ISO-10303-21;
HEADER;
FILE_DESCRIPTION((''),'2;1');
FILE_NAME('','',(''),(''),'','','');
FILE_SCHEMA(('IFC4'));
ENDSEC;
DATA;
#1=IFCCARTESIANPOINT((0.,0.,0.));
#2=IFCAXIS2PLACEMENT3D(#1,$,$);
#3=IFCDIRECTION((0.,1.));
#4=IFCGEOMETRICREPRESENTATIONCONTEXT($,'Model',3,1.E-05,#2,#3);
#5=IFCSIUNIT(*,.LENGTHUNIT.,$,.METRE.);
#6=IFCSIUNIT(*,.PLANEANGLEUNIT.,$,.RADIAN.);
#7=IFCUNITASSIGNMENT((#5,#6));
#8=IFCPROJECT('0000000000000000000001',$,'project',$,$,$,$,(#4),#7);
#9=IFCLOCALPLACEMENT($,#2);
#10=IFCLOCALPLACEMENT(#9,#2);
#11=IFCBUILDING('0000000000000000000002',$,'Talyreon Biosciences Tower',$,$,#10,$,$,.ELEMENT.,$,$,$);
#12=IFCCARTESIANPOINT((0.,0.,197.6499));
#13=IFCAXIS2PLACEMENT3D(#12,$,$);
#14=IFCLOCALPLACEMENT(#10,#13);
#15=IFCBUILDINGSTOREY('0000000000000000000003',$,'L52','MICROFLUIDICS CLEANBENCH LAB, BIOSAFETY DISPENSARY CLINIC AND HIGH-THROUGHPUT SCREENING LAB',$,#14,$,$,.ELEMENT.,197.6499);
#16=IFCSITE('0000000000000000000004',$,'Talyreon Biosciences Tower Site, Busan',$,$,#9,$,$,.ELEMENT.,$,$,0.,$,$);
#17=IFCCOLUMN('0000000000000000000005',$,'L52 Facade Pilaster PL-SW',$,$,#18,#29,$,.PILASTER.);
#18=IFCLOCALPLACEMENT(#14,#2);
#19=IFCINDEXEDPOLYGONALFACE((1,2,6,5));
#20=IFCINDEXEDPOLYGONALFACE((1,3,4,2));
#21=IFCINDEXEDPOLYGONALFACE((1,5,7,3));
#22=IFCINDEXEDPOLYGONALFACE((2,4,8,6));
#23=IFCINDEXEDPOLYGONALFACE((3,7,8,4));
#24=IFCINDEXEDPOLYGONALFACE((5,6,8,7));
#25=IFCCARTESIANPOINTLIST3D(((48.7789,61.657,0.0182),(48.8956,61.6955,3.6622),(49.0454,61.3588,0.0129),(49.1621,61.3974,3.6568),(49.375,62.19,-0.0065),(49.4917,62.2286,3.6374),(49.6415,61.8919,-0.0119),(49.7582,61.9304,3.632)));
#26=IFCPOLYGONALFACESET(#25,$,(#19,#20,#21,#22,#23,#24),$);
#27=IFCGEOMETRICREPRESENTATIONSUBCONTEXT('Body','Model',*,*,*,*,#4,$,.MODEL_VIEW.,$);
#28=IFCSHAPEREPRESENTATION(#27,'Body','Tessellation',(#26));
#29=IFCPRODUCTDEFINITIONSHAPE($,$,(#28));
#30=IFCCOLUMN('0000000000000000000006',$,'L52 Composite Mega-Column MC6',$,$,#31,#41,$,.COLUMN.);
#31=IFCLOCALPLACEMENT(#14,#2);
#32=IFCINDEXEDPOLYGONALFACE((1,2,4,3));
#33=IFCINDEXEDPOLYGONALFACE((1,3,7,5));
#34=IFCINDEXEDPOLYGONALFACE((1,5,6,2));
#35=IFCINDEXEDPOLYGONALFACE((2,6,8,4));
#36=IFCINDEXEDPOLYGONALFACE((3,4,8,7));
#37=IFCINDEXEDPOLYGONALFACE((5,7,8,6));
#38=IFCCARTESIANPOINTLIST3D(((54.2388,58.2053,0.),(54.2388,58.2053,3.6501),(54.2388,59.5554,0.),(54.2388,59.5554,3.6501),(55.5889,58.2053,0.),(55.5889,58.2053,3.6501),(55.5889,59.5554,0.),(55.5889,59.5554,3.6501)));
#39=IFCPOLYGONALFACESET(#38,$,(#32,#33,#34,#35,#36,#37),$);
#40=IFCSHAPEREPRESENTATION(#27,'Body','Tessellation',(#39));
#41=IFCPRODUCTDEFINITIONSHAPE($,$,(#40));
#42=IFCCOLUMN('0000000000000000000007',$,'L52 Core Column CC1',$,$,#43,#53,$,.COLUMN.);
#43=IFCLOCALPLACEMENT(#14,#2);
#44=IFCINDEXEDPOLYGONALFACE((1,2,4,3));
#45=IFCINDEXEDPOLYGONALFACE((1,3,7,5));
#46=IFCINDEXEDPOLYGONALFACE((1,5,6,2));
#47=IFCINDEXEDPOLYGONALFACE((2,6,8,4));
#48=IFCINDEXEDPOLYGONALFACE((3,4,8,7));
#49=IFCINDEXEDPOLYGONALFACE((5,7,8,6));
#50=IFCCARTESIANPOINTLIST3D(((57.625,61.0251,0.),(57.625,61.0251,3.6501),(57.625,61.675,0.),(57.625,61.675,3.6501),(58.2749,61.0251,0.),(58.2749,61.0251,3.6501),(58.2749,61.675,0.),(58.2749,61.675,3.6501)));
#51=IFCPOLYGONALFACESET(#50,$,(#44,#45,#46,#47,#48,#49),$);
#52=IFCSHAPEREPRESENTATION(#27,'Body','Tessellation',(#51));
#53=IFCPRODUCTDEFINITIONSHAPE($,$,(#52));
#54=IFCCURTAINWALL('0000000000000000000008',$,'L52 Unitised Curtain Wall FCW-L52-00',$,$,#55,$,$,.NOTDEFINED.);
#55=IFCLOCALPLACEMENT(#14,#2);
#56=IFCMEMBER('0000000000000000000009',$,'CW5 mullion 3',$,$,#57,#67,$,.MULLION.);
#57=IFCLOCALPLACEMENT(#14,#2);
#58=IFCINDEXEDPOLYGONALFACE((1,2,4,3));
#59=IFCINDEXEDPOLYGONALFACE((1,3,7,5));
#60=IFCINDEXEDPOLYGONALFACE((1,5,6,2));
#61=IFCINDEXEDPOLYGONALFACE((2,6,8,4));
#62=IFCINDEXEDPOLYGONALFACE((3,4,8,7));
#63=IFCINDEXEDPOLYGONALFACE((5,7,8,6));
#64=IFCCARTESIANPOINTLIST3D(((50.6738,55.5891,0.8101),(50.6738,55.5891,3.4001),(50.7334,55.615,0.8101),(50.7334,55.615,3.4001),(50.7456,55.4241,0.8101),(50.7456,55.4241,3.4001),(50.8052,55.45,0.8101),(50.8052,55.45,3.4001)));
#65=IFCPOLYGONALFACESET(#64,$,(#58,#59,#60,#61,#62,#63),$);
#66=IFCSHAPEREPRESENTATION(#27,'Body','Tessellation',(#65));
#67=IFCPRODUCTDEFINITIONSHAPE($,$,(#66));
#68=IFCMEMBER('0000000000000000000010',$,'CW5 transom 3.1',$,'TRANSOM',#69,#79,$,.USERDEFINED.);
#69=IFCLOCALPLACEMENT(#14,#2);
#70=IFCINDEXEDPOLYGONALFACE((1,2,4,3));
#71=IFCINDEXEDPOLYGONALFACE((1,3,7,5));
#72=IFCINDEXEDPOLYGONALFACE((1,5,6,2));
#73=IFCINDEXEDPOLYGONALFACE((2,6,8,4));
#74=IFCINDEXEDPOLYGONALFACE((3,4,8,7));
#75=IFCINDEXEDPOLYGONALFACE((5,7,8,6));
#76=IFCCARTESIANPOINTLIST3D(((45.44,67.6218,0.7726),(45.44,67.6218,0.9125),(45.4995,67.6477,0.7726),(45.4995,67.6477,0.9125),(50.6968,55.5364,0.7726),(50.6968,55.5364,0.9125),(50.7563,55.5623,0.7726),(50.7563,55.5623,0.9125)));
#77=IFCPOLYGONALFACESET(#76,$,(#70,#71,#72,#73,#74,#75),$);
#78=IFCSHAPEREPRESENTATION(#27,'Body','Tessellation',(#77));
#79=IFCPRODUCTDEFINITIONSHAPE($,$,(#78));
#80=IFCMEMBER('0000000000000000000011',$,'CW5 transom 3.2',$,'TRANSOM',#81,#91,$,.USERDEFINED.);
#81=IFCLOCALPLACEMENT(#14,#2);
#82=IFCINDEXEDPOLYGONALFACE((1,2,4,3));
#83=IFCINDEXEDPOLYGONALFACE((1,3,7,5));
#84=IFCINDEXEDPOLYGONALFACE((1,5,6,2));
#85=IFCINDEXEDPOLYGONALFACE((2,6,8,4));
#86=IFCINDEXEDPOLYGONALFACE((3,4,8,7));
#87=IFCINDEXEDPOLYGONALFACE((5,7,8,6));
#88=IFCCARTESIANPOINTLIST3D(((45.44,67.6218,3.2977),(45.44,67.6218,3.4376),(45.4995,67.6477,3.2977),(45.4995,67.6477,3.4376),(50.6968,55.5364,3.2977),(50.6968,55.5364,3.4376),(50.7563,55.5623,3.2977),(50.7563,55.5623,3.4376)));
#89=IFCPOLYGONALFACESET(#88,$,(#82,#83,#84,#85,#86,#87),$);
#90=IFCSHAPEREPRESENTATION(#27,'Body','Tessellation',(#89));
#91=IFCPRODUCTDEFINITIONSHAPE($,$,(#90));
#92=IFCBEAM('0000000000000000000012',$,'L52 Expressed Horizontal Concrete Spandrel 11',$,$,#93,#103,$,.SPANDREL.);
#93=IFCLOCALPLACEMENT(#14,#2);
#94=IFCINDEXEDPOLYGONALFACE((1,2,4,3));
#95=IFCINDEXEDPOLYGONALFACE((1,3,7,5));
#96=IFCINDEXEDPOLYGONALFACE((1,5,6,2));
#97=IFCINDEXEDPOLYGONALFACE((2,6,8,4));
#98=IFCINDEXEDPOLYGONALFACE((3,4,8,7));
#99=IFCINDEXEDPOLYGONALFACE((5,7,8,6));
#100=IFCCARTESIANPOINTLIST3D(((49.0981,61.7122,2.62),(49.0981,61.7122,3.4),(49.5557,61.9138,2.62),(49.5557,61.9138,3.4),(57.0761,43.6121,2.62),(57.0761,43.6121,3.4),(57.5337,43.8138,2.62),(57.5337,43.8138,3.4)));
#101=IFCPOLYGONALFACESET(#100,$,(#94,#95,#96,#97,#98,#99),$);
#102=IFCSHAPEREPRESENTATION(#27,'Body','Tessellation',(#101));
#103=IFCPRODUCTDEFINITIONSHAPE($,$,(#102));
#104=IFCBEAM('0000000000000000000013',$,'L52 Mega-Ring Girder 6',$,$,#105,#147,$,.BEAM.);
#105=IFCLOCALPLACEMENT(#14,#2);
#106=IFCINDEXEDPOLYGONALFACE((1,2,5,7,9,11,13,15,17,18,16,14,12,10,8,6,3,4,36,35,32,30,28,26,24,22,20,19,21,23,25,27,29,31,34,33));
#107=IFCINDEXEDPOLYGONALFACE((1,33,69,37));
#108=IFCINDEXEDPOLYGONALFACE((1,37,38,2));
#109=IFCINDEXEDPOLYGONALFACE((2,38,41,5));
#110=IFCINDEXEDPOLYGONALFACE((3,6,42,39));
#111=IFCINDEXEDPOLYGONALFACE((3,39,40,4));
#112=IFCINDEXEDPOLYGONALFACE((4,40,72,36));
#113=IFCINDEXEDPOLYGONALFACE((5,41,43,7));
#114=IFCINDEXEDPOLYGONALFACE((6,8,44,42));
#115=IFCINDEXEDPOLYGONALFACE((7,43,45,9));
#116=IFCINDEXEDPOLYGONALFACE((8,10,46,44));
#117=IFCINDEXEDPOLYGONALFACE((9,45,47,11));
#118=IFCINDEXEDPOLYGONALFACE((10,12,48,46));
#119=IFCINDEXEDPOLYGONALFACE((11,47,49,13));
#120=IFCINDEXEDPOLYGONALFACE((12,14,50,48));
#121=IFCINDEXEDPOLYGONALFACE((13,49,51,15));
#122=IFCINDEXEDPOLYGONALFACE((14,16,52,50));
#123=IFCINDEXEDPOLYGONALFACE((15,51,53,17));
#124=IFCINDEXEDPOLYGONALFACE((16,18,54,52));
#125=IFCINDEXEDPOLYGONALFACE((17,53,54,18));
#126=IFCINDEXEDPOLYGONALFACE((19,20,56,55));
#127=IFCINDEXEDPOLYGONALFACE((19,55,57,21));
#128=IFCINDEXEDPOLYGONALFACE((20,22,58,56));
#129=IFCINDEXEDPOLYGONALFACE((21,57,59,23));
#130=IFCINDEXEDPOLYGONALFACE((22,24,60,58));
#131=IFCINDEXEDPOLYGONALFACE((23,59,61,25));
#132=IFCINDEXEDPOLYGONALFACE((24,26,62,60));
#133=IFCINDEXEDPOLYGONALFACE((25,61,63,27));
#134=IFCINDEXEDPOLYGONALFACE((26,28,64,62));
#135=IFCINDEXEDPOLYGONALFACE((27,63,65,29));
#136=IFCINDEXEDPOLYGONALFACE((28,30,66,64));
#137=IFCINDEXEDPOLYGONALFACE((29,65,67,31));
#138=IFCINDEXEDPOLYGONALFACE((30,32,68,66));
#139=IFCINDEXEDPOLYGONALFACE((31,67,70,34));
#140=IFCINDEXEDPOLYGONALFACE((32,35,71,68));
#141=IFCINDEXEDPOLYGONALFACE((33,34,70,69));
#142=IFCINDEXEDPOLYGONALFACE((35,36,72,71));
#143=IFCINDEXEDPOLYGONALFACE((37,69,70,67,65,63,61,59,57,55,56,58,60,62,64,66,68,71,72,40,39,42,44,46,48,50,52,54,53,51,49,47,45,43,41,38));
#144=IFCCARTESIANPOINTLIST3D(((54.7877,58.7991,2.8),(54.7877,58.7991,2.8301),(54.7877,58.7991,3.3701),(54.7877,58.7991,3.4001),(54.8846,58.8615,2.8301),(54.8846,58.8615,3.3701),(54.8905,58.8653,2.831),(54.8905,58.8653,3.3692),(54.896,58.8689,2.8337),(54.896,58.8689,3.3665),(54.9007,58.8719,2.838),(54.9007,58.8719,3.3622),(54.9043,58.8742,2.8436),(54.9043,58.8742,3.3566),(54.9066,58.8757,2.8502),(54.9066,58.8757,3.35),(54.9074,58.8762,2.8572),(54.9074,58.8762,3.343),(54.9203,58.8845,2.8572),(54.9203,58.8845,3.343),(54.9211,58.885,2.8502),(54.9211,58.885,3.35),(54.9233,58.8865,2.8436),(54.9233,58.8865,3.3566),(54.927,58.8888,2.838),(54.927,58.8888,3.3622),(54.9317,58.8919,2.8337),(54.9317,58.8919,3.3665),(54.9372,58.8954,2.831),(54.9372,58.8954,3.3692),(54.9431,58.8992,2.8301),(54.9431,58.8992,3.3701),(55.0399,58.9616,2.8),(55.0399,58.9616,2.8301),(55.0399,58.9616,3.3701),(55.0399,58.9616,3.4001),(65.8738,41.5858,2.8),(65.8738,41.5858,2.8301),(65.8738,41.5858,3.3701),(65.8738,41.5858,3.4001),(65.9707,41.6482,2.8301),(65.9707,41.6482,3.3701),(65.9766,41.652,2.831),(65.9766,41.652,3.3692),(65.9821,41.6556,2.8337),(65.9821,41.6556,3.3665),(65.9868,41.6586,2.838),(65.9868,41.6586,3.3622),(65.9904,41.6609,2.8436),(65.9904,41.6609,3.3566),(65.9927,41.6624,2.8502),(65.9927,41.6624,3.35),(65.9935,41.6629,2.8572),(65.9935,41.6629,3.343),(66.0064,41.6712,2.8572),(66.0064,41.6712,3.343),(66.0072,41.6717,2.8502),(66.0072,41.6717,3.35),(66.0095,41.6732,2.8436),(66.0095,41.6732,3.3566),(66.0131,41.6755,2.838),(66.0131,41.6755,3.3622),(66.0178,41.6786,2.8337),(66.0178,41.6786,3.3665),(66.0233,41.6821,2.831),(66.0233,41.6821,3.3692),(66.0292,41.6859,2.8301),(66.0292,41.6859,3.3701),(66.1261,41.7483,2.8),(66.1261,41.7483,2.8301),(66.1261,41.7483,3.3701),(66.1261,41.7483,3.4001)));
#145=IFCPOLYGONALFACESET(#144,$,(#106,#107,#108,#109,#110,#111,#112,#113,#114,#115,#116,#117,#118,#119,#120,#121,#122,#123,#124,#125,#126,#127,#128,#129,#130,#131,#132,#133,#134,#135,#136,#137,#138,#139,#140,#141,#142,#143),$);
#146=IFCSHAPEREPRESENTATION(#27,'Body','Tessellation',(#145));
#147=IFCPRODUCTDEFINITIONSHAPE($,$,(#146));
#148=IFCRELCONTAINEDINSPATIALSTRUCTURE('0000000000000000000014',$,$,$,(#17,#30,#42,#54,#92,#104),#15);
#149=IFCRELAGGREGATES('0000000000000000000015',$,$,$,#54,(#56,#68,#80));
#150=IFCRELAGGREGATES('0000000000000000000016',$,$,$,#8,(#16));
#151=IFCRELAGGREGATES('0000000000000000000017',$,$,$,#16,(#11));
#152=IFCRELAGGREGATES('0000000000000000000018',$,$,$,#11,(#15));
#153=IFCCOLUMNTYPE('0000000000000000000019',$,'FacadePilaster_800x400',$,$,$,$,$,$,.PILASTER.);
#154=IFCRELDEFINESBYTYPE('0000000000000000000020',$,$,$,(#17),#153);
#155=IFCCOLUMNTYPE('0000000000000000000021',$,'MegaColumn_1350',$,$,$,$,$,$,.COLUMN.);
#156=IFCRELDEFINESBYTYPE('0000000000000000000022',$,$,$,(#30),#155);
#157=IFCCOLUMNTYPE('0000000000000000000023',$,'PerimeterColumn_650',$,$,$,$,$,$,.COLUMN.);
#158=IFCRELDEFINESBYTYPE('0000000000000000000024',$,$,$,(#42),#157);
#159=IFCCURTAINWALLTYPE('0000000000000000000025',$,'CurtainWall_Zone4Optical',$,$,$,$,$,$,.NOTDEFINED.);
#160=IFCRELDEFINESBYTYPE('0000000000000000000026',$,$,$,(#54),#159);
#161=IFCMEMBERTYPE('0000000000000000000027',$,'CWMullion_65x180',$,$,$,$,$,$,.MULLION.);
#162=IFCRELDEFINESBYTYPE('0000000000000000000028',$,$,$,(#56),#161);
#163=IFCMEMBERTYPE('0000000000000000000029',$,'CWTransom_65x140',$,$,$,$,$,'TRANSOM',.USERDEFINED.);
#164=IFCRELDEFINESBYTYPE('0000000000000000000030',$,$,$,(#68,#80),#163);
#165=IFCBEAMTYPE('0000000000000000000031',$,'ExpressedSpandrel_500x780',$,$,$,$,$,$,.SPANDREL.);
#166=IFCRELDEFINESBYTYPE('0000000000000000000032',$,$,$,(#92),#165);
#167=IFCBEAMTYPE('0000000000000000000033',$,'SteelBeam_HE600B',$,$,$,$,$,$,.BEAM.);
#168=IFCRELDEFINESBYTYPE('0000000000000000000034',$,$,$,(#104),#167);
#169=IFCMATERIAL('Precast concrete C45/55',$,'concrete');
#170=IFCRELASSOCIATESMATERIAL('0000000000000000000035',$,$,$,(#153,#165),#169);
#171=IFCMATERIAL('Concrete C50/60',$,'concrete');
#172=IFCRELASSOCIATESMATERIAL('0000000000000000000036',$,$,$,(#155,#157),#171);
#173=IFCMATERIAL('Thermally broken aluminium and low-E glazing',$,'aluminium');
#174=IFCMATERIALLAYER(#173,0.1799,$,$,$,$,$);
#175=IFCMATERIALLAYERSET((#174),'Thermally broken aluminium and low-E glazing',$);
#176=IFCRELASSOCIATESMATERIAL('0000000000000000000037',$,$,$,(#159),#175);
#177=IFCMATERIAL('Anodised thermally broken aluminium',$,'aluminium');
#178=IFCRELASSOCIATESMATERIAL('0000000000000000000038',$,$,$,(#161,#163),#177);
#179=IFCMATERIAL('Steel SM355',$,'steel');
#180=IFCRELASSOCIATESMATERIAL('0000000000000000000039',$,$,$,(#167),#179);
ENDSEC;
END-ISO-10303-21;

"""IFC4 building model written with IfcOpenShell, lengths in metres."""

from ifc_helpers import new_model, si_unit, direction, frame, origin, origin_2d, place, context, subcontext, project, spatial, rectangle, i_section, extrude, material, layer, layer_set, material_profile, profile_set, type_object, element, aggregate, save


model = new_model("IFC4")

# Units and contexts
model_context = context("Model", 3, precision=1e-05, world=origin(), true_north=direction((0.0, 1.0)))
body_context = subcontext(model_context, "Body", "Model", "MODEL_VIEW")
ifc_project = project(units=[si_unit("LENGTHUNIT", "METRE"), si_unit("PLANEANGLEUNIT", "RADIAN")], contexts=[model_context])

# Site, building, storey
site_placement = place(None, origin())
site = spatial("IfcSite", under=ifc_project, at=site_placement, Name="Talyreon Biosciences Tower Site, Busan", CompositionType="ELEMENT", RefElevation=0.0)
building_placement = place(site_placement, origin())
building = spatial("IfcBuilding", under=site, at=building_placement, Name="Talyreon Biosciences Tower", CompositionType="ELEMENT")
storey_placement = place(building_placement, frame((0.0, 0.0, 197.6499)))
storey = spatial("IfcBuildingStorey", under=building, at=storey_placement, Name="L52", Description="MICROFLUIDICS CLEANBENCH LAB, BIOSAFETY DISPENSARY CLINIC AND HIGH-THROUGHPUT SCREENING LAB", CompositionType="ELEMENT", Elevation=197.6499)

# Columns
ifc_material_1 = material(Name="Precast concrete C45/55", Category="concrete")
ifc_material_profile_1 = material_profile(ifc_material_1, rectangle(XDim=0.8, YDim=0.3999, at=origin_2d()), Name="RC 800x400")
ifc_profile_set_1 = profile_set([ifc_material_profile_1], Name="Precast concrete C45/55")
column_type_1 = type_object("IfcColumnType", Name="FacadePilaster_800x400", PredefinedType="PILASTER", material=ifc_profile_set_1)
column_1_placement = place(storey_placement, frame((49.2102, 61.7744, 0.0032), z_axis=(0.032006, 0.01058, 0.999432), x_axis=(0.745063, 0.666278, -0.030913)))
element("IfcColumn", 1, at=column_1_placement, inside=storey, type_object=column_type_1, Name="L52 Facade Pilaster PL-SW", PredefinedType="PILASTER", context=body_context, shape_type="SweptSolid", body=[
    extrude(rectangle(XDim=0.8, YDim=0.3999, at=origin_2d()), origin(), (0.0, 0.0, 1.0), 3.646),
])
ifc_material_2 = material(Name="Concrete C50/60", Category="concrete")
ifc_material_profile_2 = material_profile(ifc_material_2, rectangle(XDim=1.3501, YDim=1.3501, at=origin_2d()), Name="RC 1350x1350")
ifc_profile_set_2 = profile_set([ifc_material_profile_2], Name="Concrete C50/60")
column_type_2 = type_object("IfcColumnType", Name="MegaColumn_1350", PredefinedType="COLUMN", material=ifc_profile_set_2)
column_2_placement = place(storey_placement, frame((54.9138, 58.8804, 0.0), z_axis=(0.0, 0.0, 1.0), x_axis=(1.0, 0.0, 0.0)))
element("IfcColumn", 2, at=column_2_placement, inside=storey, type_object=column_type_2, Name="L52 Composite Mega-Column MC6", PredefinedType="COLUMN", context=body_context, shape_type="SweptSolid", body=[
    extrude(rectangle(XDim=1.3501, YDim=1.3501, at=origin_2d()), origin(), (0.0, 0.0, 1.0), 3.6501),
])
ifc_material_profile_3 = material_profile(ifc_material_2, rectangle(XDim=0.6499, YDim=0.6499, at=origin_2d()), Name="RC 650x650")
ifc_profile_set_3 = profile_set([ifc_material_profile_3], Name="Concrete C50/60")
column_type_3 = type_object("IfcColumnType", Name="PerimeterColumn_650", PredefinedType="COLUMN", material=ifc_profile_set_3)
column_3_placement = place(storey_placement, frame((57.95, 61.3501, 0.0), z_axis=(0.0, 0.0, 1.0), x_axis=(1.0, 0.0, 0.0)))
element("IfcColumn", 3, at=column_3_placement, inside=storey, type_object=column_type_3, Name="L52 Core Column CC1", PredefinedType="COLUMN", context=body_context, shape_type="SweptSolid", body=[
    extrude(rectangle(XDim=0.6499, YDim=0.6499, at=origin_2d()), origin(), (0.0, 0.0, 1.0), 3.6501),
])

# Curtain wall, members
ifc_material_3 = material(Name="Thermally broken aluminium and low-E glazing", Category="aluminium")
ifc_layer_1 = layer(ifc_material_3, 0.1799)
ifc_layer_set_1 = layer_set([ifc_layer_1], Name="Thermally broken aluminium and low-E glazing")
curtain_wall_type = type_object("IfcCurtainWallType", Name="CurtainWall_Zone4Optical", PredefinedType="NOTDEFINED", material=ifc_layer_set_1)
curtain_wall_placement = place(storey_placement, origin())
curtain_wall = element("IfcCurtainWall", 4, at=curtain_wall_placement, inside=storey, type_object=curtain_wall_type, Name="L52 Unitised Curtain Wall FCW-L52-00", PredefinedType="NOTDEFINED")
ifc_material_4 = material(Name="Anodised thermally broken aluminium", Category="aluminium")
ifc_material_profile_4 = material_profile(ifc_material_4, rectangle(XDim=0.0649, YDim=0.1799, at=origin_2d()), Name="ALUM MULLION 65x180")
ifc_profile_set_4 = profile_set([ifc_material_profile_4], Name="Anodised thermally broken aluminium")
member_type_1 = type_object("IfcMemberType", Name="CWMullion_65x180", PredefinedType="MULLION", material=ifc_profile_set_4)
member_1_placement = place(storey_placement, frame((50.7395, 55.5195, 0.8101), z_axis=(0.0, 0.0, 1.0), x_axis=(-0.917011, -0.398862, 0.0)))
member_1 = element("IfcMember", 5, at=member_1_placement, type_object=member_type_1, Name="CW5 mullion 3", PredefinedType="MULLION", context=body_context, shape_type="SweptSolid", body=[
    extrude(rectangle(XDim=0.0649, YDim=0.1799, at=origin_2d()), origin(), (0.0, 0.0, 1.0), 2.5901),
])
ifc_material_profile_5 = material_profile(ifc_material_4, rectangle(XDim=0.0649, YDim=0.1399, at=origin_2d()), Name="ALUM TRANSOM 65x140")
ifc_profile_set_5 = profile_set([ifc_material_profile_5], Name="Anodised thermally broken aluminium")
member_type_2 = type_object("IfcMemberType", Name="CWTransom_65x140", ElementType="TRANSOM", PredefinedType="USERDEFINED", material=ifc_profile_set_5)
member_2_placement = place(storey_placement, frame((50.7266, 55.5493, 0.8425), z_axis=(-0.398872, 0.917006, 0.0), x_axis=(-0.917006, -0.398872, 0.0)))
member_2 = element("IfcMember", 6, at=member_2_placement, type_object=member_type_2, Name="CW5 transom 3.1", ObjectType="TRANSOM", PredefinedType="USERDEFINED", context=body_context, shape_type="SweptSolid", body=[
    extrude(rectangle(XDim=0.0649, YDim=0.1399, at=origin_2d()), origin(), (0.0, 0.0, 1.0), 13.1792),
])
member_3_placement = place(storey_placement, frame((50.7266, 55.5493, 3.3677), z_axis=(-0.398872, 0.917006, 0.0), x_axis=(-0.917006, -0.398872, 0.0)))
member_3 = element("IfcMember", 7, at=member_3_placement, type_object=member_type_2, Name="CW5 transom 3.2", ObjectType="TRANSOM", PredefinedType="USERDEFINED", context=body_context, shape_type="SweptSolid", body=[
    extrude(rectangle(XDim=0.0649, YDim=0.1399, at=origin_2d()), origin(), (0.0, 0.0, 1.0), 13.1792),
])

# Beams
ifc_material_profile_6 = material_profile(ifc_material_1, rectangle(XDim=0.5, YDim=0.78, at=origin_2d()), Name="RCB 500x780")
ifc_profile_set_6 = profile_set([ifc_material_profile_6], Name="Precast concrete C45/55")
beam_type_1 = type_object("IfcBeamType", Name="ExpressedSpandrel_500x780", PredefinedType="SPANDREL", material=ifc_profile_set_6)
beam_1_placement = place(storey_placement, frame((49.3269, 61.813, 3.01), z_axis=(0.403331, -0.915054, 0.0), x_axis=(0.915054, 0.403331, 0.0)))
element("IfcBeam", 8, at=beam_1_placement, inside=storey, type_object=beam_type_1, Name="L52 Expressed Horizontal Concrete Spandrel 11", PredefinedType="SPANDREL", context=body_context, shape_type="SweptSolid", body=[
    extrude(rectangle(XDim=0.5, YDim=0.78, at=origin_2d()), origin(), (0.0, 0.0, 1.0), 19.7803),
])
ifc_material_5 = material(Name="Steel SM355", Category="steel")
ifc_material_profile_7 = material_profile(ifc_material_5, i_section(OverallWidth=0.3, OverallDepth=0.6001, WebThickness=0.0154, FlangeThickness=0.03, FilletRadius=0.0271, at=origin_2d()), Name="HE600B")
ifc_profile_set_7 = profile_set([ifc_material_profile_7], Name="Steel SM355")
beam_type_2 = type_object("IfcBeamType", Name="SteelBeam_HE600B", PredefinedType="BEAM", material=ifc_profile_set_7)
beam_2_placement = place(storey_placement, frame((54.9138, 58.8804, 3.1001), z_axis=(0.541464, -0.840724, 0.0), x_axis=(0.840724, 0.541464, 0.0)))
element("IfcBeam", 9, at=beam_2_placement, inside=storey, type_object=beam_type_2, Name="L52 Mega-Ring Girder 6", PredefinedType="BEAM", context=body_context, shape_type="SweptSolid", body=[
    extrude(i_section(OverallWidth=0.3, OverallDepth=0.6001, WebThickness=0.0154, FlangeThickness=0.03, FilletRadius=0.0271, at=origin_2d()), origin(), (0.0, 0.0, 1.0), 20.4744),
])

aggregate(curtain_wall, [member_1, member_2, member_3])

save(model, "model.ifc")
